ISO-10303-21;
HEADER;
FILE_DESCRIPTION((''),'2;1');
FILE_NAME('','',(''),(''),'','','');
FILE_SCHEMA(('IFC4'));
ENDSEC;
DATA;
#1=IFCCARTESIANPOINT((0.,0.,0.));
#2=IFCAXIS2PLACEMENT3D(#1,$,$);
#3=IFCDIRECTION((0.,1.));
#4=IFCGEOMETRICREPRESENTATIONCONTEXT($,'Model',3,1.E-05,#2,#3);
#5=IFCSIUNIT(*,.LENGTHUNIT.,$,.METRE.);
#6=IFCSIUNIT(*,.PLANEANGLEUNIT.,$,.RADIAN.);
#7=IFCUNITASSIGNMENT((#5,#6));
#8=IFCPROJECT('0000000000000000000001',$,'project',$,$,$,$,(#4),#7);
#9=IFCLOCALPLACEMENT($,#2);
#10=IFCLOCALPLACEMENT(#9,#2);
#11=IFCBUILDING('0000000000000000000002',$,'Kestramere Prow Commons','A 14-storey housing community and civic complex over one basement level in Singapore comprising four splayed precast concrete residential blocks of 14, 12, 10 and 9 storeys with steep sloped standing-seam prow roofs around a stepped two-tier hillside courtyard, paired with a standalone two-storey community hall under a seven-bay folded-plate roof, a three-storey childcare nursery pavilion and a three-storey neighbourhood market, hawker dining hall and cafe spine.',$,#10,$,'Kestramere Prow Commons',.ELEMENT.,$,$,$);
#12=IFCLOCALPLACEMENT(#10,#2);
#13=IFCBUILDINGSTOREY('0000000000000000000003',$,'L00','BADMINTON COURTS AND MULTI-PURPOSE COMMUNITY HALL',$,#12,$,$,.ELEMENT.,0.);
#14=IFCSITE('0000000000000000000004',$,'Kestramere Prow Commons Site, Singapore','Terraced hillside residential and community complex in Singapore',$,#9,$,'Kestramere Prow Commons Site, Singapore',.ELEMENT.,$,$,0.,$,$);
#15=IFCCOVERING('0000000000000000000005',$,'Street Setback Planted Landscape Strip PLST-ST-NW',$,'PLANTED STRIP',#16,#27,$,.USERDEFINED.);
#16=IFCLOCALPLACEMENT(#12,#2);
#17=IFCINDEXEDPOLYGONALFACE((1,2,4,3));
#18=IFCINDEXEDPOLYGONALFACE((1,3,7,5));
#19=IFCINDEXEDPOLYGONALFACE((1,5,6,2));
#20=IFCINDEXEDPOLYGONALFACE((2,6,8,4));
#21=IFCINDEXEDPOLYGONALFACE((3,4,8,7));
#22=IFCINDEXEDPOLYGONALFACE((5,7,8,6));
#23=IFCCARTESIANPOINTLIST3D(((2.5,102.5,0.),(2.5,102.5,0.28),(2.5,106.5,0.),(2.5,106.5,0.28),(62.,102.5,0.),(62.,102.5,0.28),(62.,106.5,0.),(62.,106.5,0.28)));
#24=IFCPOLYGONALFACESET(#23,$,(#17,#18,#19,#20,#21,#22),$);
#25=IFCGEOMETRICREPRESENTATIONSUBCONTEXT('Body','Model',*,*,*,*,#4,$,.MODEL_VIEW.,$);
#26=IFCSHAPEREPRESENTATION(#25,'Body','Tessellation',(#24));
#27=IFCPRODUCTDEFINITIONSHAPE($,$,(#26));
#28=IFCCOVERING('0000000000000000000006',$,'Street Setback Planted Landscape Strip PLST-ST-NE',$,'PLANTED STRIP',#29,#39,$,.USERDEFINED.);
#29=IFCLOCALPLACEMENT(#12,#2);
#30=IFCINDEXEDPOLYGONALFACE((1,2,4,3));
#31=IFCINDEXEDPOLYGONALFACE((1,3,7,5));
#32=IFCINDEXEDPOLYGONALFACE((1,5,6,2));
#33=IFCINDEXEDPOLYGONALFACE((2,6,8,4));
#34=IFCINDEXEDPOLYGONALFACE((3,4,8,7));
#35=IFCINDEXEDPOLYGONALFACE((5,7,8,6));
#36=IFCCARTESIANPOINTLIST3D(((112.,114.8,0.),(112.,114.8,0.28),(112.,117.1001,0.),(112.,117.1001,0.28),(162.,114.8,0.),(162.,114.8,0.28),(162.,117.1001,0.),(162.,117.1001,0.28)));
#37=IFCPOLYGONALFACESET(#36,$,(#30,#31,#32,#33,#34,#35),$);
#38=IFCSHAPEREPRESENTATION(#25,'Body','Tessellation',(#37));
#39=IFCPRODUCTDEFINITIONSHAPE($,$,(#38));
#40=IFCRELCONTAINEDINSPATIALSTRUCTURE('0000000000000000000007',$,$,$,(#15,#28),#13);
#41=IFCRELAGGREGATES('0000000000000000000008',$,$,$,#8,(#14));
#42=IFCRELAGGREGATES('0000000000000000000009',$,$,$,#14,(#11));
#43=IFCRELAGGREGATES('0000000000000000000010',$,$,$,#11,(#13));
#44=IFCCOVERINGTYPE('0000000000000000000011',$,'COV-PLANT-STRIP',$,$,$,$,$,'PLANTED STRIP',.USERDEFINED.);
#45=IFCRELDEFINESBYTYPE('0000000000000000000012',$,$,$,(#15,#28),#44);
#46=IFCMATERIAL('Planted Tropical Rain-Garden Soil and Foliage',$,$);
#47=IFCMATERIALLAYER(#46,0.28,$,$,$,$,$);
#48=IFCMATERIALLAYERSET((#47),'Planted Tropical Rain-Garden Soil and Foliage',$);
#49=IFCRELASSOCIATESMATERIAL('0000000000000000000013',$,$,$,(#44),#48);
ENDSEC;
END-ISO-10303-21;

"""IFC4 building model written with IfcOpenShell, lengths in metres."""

from ifc_helpers import new_model, si_unit, direction, origin, place, context, subcontext, project, spatial, polyline, outline, extrude, material, layer, layer_set, type_object, element, save


model = new_model("IFC4")

# Units and contexts
model_context = context("Model", 3, precision=1e-05, world=origin(), true_north=direction((0.0, 1.0)))
body_context = subcontext(model_context, "Body", "Model", "MODEL_VIEW")
ifc_project = project(units=[si_unit("LENGTHUNIT", "METRE"), si_unit("PLANEANGLEUNIT", "RADIAN")], contexts=[model_context])

# Site, building, storey
site_placement = place(None, origin())
site = spatial("IfcSite", under=ifc_project, at=site_placement, Name="Kestramere Prow Commons Site, Singapore", Description="Terraced hillside residential and community complex in Singapore", LongName="Kestramere Prow Commons Site, Singapore", CompositionType="ELEMENT", RefElevation=0.0)
building_placement = place(site_placement, origin())
building = spatial("IfcBuilding", under=site, at=building_placement, Name="Kestramere Prow Commons", Description="A 14-storey housing community and civic complex over one basement level in Singapore comprising four splayed precast concrete residential blocks of 14, 12, 10 and 9 storeys with steep sloped standing-seam prow roofs around a stepped two-tier hillside courtyard, paired with a standalone two-storey community hall under a seven-bay folded-plate roof, a three-storey childcare nursery pavilion and a three-storey neighbourhood market, hawker dining hall and cafe spine.", LongName="Kestramere Prow Commons", CompositionType="ELEMENT")
storey_placement = place(building_placement, origin())
storey = spatial("IfcBuildingStorey", under=building, at=storey_placement, Name="L00", Description="BADMINTON COURTS AND MULTI-PURPOSE COMMUNITY HALL", CompositionType="ELEMENT", Elevation=0.0)

# Coverings
ifc_material_1 = material(Name="Planted Tropical Rain-Garden Soil and Foliage")
ifc_layer_1 = layer(ifc_material_1, 0.28)
ifc_layer_set_1 = layer_set([ifc_layer_1], Name="Planted Tropical Rain-Garden Soil and Foliage")
covering_type_1 = type_object("IfcCoveringType", Name="COV-PLANT-STRIP", ElementType="PLANTED STRIP", PredefinedType="USERDEFINED", material=ifc_layer_set_1)
covering_1_placement = place(storey_placement, origin())
element("IfcCovering", 1, at=covering_1_placement, inside=storey, type_object=covering_type_1, Name="Street Setback Planted Landscape Strip PLST-ST-NW", ObjectType="PLANTED STRIP", PredefinedType="USERDEFINED", context=body_context, shape_type="SweptSolid", body=[
    extrude(outline(polyline([(2.5, 102.5), (2.5, 106.5), (62.0, 106.5), (62.0, 102.5), (2.5, 102.5)])), origin(), (0.0, 0.0, 1.0), 0.28),
])
covering_2_placement = place(storey_placement, origin())
element("IfcCovering", 2, at=covering_2_placement, inside=storey, type_object=covering_type_1, Name="Street Setback Planted Landscape Strip PLST-ST-NE", ObjectType="PLANTED STRIP", PredefinedType="USERDEFINED", context=body_context, shape_type="SweptSolid", body=[
    extrude(outline(polyline([(112.0, 114.8), (112.0, 117.1001), (162.0, 117.1001), (162.0, 114.8), (112.0, 114.8)])), origin(), (0.0, 0.0, 1.0), 0.28),
])

save(model, "model.ifc")
